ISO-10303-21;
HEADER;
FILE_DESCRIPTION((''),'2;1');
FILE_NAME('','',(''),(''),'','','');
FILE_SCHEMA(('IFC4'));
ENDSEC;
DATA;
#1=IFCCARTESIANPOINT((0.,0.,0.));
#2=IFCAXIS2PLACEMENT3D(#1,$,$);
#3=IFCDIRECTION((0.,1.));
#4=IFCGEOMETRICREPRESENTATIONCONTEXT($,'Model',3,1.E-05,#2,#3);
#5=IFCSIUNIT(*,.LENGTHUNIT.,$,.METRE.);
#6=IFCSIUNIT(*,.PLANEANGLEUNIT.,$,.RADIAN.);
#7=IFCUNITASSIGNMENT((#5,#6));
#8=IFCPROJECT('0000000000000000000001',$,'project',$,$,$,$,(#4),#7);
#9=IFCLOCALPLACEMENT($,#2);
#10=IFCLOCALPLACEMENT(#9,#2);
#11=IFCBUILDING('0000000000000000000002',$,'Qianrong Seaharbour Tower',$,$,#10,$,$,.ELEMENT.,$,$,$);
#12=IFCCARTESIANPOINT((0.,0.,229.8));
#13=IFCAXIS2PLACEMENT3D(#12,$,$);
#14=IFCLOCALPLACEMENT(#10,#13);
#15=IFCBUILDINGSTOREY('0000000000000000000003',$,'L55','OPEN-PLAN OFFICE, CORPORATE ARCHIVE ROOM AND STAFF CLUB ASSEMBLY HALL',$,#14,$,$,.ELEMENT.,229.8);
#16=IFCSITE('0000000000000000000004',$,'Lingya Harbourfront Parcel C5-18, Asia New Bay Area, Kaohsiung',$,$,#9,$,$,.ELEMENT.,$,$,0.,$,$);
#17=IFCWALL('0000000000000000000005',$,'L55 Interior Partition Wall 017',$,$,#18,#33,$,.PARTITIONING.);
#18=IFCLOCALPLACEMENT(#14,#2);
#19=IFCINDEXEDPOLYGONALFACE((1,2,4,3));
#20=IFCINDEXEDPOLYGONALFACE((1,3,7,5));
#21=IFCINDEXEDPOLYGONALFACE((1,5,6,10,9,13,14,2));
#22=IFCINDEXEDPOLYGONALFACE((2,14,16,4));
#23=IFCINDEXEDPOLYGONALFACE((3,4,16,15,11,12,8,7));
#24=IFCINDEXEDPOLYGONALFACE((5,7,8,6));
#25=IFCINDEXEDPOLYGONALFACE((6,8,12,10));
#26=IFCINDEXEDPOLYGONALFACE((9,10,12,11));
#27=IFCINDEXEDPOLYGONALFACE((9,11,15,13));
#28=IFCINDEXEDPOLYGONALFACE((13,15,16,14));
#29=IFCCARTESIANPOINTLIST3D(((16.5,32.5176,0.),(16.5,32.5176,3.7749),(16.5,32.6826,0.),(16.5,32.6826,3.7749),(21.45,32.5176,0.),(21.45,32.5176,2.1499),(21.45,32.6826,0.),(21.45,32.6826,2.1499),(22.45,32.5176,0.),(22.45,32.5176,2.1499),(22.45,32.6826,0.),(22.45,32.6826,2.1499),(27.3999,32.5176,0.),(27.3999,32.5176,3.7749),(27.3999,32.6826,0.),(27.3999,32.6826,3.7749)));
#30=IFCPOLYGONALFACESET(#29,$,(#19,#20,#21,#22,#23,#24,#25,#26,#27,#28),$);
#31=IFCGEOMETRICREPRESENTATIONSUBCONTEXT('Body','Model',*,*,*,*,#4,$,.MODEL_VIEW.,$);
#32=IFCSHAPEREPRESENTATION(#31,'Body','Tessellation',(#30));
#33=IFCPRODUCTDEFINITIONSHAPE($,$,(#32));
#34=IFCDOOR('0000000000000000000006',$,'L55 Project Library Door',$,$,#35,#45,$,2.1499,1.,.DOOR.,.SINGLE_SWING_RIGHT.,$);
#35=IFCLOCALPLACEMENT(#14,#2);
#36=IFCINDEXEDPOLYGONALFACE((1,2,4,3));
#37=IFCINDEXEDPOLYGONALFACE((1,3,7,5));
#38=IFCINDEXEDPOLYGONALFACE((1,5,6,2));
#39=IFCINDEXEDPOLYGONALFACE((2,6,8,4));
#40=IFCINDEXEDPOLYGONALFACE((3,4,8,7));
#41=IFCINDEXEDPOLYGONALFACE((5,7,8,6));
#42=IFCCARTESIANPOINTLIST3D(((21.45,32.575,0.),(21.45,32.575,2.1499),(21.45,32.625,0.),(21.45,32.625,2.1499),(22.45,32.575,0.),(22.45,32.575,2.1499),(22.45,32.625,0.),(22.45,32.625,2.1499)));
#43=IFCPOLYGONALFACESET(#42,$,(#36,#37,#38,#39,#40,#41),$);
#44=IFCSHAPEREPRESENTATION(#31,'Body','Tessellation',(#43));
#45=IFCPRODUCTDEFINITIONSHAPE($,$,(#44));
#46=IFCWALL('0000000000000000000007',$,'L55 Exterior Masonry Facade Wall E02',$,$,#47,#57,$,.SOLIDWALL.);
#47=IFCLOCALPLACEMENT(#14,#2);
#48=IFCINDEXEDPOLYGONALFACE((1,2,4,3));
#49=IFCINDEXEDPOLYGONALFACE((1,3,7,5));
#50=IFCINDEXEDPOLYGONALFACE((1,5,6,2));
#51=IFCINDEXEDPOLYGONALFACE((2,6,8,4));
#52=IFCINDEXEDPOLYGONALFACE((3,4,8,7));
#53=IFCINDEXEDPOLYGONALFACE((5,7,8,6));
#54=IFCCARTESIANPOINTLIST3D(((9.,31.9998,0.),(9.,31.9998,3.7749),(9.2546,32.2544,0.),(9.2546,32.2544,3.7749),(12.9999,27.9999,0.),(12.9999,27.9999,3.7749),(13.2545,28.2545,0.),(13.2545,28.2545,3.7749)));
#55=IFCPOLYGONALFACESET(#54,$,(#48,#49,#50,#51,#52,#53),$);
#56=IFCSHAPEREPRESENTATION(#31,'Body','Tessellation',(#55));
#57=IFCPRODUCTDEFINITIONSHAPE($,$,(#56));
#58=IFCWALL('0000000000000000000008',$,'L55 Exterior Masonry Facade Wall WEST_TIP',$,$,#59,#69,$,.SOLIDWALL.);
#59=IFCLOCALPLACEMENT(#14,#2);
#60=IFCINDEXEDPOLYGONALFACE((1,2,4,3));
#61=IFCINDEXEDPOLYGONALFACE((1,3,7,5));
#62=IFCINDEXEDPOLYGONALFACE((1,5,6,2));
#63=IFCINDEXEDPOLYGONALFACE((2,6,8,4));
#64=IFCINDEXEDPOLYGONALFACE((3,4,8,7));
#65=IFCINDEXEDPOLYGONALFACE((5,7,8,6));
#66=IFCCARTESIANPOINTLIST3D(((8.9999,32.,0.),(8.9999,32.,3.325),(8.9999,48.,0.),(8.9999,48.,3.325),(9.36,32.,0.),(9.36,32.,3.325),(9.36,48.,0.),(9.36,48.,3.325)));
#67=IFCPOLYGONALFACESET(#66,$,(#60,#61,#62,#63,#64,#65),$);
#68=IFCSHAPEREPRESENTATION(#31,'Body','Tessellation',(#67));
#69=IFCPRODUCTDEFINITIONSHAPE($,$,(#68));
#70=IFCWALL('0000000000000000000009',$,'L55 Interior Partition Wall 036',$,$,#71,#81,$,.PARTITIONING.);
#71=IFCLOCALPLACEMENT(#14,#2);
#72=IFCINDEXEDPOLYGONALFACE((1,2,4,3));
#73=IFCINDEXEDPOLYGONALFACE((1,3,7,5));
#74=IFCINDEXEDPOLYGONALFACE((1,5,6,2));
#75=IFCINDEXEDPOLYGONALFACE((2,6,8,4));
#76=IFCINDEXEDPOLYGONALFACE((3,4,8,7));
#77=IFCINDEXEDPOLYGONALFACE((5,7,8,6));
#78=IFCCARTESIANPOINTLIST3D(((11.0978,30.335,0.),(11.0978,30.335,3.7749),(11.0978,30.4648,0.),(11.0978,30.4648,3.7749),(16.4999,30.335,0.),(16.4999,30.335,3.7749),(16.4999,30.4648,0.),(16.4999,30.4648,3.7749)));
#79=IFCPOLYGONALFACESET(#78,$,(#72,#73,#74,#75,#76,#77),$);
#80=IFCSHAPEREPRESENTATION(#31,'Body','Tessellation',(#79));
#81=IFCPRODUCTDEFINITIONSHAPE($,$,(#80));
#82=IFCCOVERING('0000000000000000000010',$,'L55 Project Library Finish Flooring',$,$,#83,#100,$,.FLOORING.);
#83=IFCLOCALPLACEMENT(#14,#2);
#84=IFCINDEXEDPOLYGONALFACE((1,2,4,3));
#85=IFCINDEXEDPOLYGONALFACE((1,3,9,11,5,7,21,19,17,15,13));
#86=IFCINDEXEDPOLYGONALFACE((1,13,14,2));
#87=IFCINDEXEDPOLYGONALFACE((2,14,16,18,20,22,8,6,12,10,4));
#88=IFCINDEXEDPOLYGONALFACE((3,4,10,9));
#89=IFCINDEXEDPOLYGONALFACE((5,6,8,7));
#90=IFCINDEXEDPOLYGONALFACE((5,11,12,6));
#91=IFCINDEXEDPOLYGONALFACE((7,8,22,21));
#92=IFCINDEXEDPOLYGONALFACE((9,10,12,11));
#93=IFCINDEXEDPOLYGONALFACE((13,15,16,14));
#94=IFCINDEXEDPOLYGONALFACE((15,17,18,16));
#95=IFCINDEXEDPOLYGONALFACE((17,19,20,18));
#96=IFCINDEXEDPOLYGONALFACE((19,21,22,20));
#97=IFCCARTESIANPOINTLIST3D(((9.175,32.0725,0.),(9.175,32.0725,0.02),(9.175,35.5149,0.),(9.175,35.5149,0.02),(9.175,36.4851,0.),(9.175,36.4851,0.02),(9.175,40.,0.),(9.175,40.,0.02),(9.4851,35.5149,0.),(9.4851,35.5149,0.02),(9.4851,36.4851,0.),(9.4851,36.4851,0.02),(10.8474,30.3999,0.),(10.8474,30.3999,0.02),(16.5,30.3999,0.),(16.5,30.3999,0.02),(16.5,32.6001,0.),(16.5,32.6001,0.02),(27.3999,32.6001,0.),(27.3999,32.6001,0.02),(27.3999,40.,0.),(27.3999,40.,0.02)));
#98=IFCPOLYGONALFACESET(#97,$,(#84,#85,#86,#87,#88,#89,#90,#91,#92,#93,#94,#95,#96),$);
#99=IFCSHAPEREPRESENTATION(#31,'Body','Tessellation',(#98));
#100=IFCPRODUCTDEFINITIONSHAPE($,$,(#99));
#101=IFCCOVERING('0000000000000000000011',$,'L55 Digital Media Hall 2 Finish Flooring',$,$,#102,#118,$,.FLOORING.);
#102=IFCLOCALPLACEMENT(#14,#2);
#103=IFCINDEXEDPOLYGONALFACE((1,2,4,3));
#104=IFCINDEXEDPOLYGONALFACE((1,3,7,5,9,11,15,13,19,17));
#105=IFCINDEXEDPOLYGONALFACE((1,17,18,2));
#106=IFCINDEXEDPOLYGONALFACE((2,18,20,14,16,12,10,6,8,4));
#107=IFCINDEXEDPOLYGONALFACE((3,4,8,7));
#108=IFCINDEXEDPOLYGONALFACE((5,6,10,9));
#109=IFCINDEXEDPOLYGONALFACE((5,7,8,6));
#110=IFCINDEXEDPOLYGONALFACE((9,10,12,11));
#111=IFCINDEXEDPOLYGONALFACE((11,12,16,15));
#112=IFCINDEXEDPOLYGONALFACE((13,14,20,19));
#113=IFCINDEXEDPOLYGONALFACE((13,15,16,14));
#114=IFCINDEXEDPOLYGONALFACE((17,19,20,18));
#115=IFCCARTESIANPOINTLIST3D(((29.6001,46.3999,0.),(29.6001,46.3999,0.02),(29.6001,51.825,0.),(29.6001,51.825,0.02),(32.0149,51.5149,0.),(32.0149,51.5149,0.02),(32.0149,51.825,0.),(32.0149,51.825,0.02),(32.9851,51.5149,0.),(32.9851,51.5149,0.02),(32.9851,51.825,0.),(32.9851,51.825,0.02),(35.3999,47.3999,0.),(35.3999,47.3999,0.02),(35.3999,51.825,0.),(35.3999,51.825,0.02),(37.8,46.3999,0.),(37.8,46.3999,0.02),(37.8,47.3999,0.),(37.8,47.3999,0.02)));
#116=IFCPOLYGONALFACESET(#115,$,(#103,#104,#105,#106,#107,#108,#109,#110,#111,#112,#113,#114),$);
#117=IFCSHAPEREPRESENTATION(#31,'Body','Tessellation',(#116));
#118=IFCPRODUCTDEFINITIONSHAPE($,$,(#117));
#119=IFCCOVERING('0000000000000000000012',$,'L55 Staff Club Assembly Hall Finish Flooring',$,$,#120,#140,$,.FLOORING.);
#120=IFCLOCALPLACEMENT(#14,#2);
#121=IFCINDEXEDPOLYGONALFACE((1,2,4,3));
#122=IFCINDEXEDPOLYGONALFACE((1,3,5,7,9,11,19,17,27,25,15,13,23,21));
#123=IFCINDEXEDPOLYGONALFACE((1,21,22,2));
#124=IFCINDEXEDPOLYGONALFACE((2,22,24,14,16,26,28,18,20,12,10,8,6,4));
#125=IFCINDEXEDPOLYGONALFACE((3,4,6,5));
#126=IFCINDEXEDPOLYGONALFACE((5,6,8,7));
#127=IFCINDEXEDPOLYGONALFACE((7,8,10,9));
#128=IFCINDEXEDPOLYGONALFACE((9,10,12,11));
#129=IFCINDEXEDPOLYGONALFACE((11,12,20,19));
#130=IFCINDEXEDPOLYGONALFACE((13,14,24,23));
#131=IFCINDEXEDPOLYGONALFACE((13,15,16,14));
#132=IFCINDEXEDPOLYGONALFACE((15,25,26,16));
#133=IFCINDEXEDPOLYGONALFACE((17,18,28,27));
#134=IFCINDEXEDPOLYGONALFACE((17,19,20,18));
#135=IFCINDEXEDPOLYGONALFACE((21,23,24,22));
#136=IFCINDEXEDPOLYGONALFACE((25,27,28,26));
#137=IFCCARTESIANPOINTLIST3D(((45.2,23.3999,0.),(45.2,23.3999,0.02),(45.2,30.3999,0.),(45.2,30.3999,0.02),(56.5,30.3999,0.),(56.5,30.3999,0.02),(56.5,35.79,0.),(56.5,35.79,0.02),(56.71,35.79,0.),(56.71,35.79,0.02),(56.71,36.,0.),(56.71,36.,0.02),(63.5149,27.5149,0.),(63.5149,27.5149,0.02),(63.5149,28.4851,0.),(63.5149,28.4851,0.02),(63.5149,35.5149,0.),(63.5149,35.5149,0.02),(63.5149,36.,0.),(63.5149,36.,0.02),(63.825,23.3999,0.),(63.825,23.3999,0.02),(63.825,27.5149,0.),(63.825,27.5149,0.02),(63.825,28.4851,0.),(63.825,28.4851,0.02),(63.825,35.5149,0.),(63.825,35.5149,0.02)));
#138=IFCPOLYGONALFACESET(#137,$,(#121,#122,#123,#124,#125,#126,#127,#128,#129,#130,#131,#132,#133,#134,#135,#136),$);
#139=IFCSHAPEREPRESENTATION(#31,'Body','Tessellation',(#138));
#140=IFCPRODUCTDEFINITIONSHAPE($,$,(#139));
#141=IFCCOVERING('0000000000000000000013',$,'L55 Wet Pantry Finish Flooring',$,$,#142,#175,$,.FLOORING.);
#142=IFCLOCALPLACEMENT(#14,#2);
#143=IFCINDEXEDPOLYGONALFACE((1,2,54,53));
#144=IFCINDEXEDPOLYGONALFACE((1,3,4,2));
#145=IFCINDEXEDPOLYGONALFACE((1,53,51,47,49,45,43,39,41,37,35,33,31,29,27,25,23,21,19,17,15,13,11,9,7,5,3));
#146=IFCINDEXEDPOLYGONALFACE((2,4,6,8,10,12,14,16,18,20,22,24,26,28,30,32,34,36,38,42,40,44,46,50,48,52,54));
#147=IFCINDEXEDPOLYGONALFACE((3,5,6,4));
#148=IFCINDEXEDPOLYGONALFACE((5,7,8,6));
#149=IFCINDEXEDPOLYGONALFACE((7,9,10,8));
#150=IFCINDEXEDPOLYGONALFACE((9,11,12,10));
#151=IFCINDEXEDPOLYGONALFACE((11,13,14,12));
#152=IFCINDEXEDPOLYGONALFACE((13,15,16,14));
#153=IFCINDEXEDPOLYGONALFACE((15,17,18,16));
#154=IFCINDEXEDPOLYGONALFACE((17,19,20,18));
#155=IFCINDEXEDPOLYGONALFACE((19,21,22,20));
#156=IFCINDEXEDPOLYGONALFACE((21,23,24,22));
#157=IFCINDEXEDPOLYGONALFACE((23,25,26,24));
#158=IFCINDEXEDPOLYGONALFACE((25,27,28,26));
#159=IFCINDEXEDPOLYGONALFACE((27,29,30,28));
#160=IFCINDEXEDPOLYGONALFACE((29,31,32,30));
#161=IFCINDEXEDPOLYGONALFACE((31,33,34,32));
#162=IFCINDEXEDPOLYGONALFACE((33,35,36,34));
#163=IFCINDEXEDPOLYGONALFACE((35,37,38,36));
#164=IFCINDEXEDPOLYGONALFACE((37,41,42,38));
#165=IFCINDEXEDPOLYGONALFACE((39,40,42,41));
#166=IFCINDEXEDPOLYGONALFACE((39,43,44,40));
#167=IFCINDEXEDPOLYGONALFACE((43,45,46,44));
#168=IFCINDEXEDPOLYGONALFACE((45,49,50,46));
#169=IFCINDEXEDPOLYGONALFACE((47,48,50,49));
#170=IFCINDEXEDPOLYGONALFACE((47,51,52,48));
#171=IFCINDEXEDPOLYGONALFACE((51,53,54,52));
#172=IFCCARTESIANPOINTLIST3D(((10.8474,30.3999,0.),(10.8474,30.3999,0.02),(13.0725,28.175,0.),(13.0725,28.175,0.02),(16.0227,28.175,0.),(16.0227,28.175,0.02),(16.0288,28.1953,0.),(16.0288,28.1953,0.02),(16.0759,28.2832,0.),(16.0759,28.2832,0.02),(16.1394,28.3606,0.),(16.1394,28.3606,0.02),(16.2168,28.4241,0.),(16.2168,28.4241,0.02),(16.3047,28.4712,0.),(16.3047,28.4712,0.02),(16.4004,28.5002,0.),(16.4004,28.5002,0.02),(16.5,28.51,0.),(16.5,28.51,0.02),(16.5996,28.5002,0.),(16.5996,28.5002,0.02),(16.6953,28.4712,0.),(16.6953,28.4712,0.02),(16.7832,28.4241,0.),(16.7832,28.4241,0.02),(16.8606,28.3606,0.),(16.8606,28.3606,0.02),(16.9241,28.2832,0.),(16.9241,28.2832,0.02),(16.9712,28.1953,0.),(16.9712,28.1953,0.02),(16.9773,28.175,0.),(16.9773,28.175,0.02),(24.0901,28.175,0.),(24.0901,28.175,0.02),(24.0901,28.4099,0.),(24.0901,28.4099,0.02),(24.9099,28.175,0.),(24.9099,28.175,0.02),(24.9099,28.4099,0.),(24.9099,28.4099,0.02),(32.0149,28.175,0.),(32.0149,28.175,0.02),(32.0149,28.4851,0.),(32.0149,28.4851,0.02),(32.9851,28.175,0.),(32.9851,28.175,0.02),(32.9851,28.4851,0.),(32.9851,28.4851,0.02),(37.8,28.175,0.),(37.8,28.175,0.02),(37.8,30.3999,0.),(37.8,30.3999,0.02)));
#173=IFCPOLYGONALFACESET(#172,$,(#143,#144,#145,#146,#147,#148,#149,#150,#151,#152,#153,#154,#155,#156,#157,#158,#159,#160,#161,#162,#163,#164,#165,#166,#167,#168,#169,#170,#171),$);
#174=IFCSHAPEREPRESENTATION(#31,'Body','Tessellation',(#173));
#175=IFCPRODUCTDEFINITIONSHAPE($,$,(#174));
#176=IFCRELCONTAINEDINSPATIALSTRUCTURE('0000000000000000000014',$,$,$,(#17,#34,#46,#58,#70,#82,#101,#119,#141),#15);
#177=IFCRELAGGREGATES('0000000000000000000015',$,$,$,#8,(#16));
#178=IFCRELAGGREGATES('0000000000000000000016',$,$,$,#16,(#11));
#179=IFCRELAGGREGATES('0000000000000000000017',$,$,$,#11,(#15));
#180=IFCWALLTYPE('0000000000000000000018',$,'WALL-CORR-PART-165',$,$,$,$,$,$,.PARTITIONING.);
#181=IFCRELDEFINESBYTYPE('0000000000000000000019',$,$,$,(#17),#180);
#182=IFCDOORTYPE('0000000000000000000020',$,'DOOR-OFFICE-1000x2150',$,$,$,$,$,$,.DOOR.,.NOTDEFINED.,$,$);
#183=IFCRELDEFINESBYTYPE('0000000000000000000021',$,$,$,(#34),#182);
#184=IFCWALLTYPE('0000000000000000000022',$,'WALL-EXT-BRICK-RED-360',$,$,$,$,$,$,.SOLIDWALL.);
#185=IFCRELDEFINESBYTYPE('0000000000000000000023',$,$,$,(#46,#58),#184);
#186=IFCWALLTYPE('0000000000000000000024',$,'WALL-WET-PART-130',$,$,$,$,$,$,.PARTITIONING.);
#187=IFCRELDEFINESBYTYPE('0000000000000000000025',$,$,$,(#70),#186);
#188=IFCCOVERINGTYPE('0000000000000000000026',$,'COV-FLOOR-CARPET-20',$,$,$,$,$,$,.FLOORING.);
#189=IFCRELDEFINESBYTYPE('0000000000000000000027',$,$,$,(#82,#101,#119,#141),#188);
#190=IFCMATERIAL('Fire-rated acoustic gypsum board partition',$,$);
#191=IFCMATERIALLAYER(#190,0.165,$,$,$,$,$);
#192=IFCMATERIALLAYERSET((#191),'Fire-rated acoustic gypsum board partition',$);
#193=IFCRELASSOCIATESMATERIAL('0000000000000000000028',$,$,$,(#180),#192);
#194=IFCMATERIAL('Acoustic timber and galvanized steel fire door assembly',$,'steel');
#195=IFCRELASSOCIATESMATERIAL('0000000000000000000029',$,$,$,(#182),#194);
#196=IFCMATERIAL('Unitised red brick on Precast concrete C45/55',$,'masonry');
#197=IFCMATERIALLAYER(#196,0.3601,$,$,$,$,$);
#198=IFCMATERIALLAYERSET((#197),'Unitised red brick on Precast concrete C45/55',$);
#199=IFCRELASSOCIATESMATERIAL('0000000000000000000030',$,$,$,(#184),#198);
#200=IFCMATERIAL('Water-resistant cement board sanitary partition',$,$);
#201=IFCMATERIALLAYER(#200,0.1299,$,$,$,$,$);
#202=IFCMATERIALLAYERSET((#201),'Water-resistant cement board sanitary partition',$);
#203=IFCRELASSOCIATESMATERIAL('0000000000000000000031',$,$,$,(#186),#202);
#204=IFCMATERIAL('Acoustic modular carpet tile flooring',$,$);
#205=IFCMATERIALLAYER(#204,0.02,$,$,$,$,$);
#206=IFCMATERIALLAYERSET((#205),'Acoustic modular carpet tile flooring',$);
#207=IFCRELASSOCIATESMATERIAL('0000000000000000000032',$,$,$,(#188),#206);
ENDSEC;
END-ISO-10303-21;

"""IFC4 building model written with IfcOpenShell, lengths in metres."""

from ifc_helpers import new_model, si_unit, direction, frame, frame_2d, origin, place, context, subcontext, project, spatial, polyline, rectangle, outline, extrude, material, layer, layer_set, type_object, element, fill, save


model = new_model("IFC4")

# Units and contexts
model_context = context("Model", 3, precision=1e-05, world=origin(), true_north=direction((0.0, 1.0)))
body_context = subcontext(model_context, "Body", "Model", "MODEL_VIEW")
ifc_project = project(units=[si_unit("LENGTHUNIT", "METRE"), si_unit("PLANEANGLEUNIT", "RADIAN")], contexts=[model_context])

# Site, building, storey
site_placement = place(None, origin())
site = spatial("IfcSite", under=ifc_project, at=site_placement, Name="Lingya Harbourfront Parcel C5-18, Asia New Bay Area, Kaohsiung", CompositionType="ELEMENT", RefElevation=0.0)
building_placement = place(site_placement, origin())
building = spatial("IfcBuilding", under=site, at=building_placement, Name="Qianrong Seaharbour Tower", CompositionType="ELEMENT")
storey_placement = place(building_placement, frame((0.0, 0.0, 229.8)))
storey = spatial("IfcBuildingStorey", under=building, at=storey_placement, Name="L55", Description="OPEN-PLAN OFFICE, CORPORATE ARCHIVE ROOM AND STAFF CLUB ASSEMBLY HALL", CompositionType="ELEMENT", Elevation=229.8)

# Shared definitions
ifc_material_1 = material(Name="Fire-rated acoustic gypsum board partition")
ifc_layer_1 = layer(ifc_material_1, 0.165)
ifc_layer_set_1 = layer_set([ifc_layer_1], Name="Fire-rated acoustic gypsum board partition")
wall_type_1 = type_object("IfcWallType", Name="WALL-CORR-PART-165", PredefinedType="PARTITIONING", material=ifc_layer_set_1)

# Wall, opening, door
wall_1_placement = place(storey_placement, frame((16.5, 32.6001, 0.0), z_axis=(0.0, 0.0, 1.0), x_axis=(1.0, 0.0, 0.0)))
wall_1 = element("IfcWall", 1, at=wall_1_placement, inside=storey, type_object=wall_type_1, Name="L55 Interior Partition Wall 017", PredefinedType="PARTITIONING", context=body_context, shape_type="SweptSolid", body=[
    extrude(rectangle(XDim=10.8999, YDim=0.165, at=frame_2d((5.45, 0.0))), origin(), (0.0, 0.0, 1.0), 3.7749),
])
opening_placement = place(wall_1_placement, frame((4.95, 0.0, 0.0)))
opening = element("IfcOpeningElement", 2, at=opening_placement, cuts=wall_1, PredefinedType="OPENING", context=body_context, shape_type="SweptSolid", body=[
    extrude(rectangle(XDim=1.0, YDim=2.1499, at=frame_2d((0.5, 1.075))), frame((0.0, 0.0925, 0.0), z_axis=(0.0, -1.0, 0.0), x_axis=(1.0, 0.0, 0.0)), (0.0, 0.0, 1.0), 0.1851),
])
ifc_material_2 = material(Name="Acoustic timber and galvanized steel fire door assembly", Category="steel")
door_type = type_object("IfcDoorType", Name="DOOR-OFFICE-1000x2150", OperationType="NOTDEFINED", PredefinedType="DOOR", material=ifc_material_2)
door_placement = place(opening_placement, origin())
door = element("IfcDoor", 3, at=door_placement, inside=storey, type_object=door_type, Name="L55 Project Library Door", OperationType="SINGLE_SWING_RIGHT", OverallHeight=2.1499, OverallWidth=1.0, PredefinedType="DOOR", context=body_context, shape_type="SweptSolid", body=[
    extrude(rectangle(XDim=1.0, YDim=2.1499, at=frame_2d((0.5, 1.075))), frame((0.0, 0.0249, 0.0), z_axis=(0.0, -1.0, 0.0), x_axis=(1.0, 0.0, 0.0)), (0.0, 0.0, 1.0), 0.05),
])
fill(opening, door)

# Walls
ifc_material_3 = material(Name="Unitised red brick on Precast concrete C45/55", Category="masonry")
ifc_layer_2 = layer(ifc_material_3, 0.3601)
ifc_layer_set_2 = layer_set([ifc_layer_2], Name="Unitised red brick on Precast concrete C45/55")
wall_type_2 = type_object("IfcWallType", Name="WALL-EXT-BRICK-RED-360", PredefinedType="SOLIDWALL", material=ifc_layer_set_2)
wall_2_placement = place(storey_placement, frame((13.1272, 28.1272, 0.0), z_axis=(0.0, 0.0, 1.0), x_axis=(-0.707107, 0.707107, 0.0)))
element("IfcWall", 4, at=wall_2_placement, inside=storey, type_object=wall_type_2, Name="L55 Exterior Masonry Facade Wall E02", PredefinedType="SOLIDWALL", context=body_context, shape_type="SweptSolid", body=[
    extrude(rectangle(XDim=5.6567, YDim=0.3601, at=frame_2d((2.8284, 0.0))), origin(), (0.0, 0.0, 1.0), 3.7749),
])
wall_3_placement = place(storey_placement, frame((9.1799, 32.0, 0.0), z_axis=(0.0, 0.0, 1.0), x_axis=(0.0, 1.0, 0.0)))
element("IfcWall", 5, at=wall_3_placement, inside=storey, type_object=wall_type_2, Name="L55 Exterior Masonry Facade Wall WEST_TIP", PredefinedType="SOLIDWALL", context=body_context, shape_type="SweptSolid", body=[
    extrude(rectangle(XDim=16.0, YDim=0.3601, at=frame_2d((8.0, 0.0))), origin(), (0.0, 0.0, 1.0), 3.325),
])
ifc_material_4 = material(Name="Water-resistant cement board sanitary partition")
ifc_layer_3 = layer(ifc_material_4, 0.1299)
ifc_layer_set_3 = layer_set([ifc_layer_3], Name="Water-resistant cement board sanitary partition")
wall_type_3 = type_object("IfcWallType", Name="WALL-WET-PART-130", PredefinedType="PARTITIONING", material=ifc_layer_set_3)
wall_4_placement = place(storey_placement, frame((16.5, 30.3999, 0.0), z_axis=(0.0, 0.0, 1.0), x_axis=(-1.0, 0.0, 0.0)))
element("IfcWall", 6, at=wall_4_placement, inside=storey, type_object=wall_type_3, Name="L55 Interior Partition Wall 036", PredefinedType="PARTITIONING", context=body_context, shape_type="SweptSolid", body=[
    extrude(rectangle(XDim=5.4021, YDim=0.1299, at=frame_2d((2.7012, 0.0))), origin(), (0.0, 0.0, 1.0), 3.7749),
])

# Coverings
ifc_material_5 = material(Name="Acoustic modular carpet tile flooring")
ifc_layer_4 = layer(ifc_material_5, 0.02)
ifc_layer_set_4 = layer_set([ifc_layer_4], Name="Acoustic modular carpet tile flooring")
covering_type_1 = type_object("IfcCoveringType", Name="COV-FLOOR-CARPET-20", PredefinedType="FLOORING", material=ifc_layer_set_4)
covering_1_placement = place(storey_placement, origin())
element("IfcCovering", 7, at=covering_1_placement, inside=storey, type_object=covering_type_1, Name="L55 Project Library Finish Flooring", PredefinedType="FLOORING", context=body_context, shape_type="SweptSolid", body=[
    extrude(outline(polyline([(16.5, 32.6001), (16.5, 30.3999), (10.8474, 30.3999), (9.175, 32.0725), (9.175, 35.5149), (9.4851, 35.5149), (9.4851, 36.4851), (9.175, 36.4851), (9.175, 40.0), (27.3999, 40.0), (27.3999, 32.6001), (16.5, 32.6001)])), origin(), (0.0, 0.0, 1.0), 0.02),
])
covering_2_placement = place(storey_placement, origin())
element("IfcCovering", 8, at=covering_2_placement, inside=storey, type_object=covering_type_1, Name="L55 Digital Media Hall 2 Finish Flooring", PredefinedType="FLOORING", context=body_context, shape_type="SweptSolid", body=[
    extrude(outline(polyline([(32.0149, 51.825), (32.0149, 51.5149), (32.9851, 51.5149), (32.9851, 51.825), (35.3999, 51.825), (35.3999, 47.3999), (37.8, 47.3999), (37.8, 46.3999), (29.6001, 46.3999), (29.6001, 51.825), (32.0149, 51.825)])), origin(), (0.0, 0.0, 1.0), 0.02),
])
covering_3_placement = place(storey_placement, origin())
element("IfcCovering", 9, at=covering_3_placement, inside=storey, type_object=covering_type_1, Name="L55 Staff Club Assembly Hall Finish Flooring", PredefinedType="FLOORING", context=body_context, shape_type="SweptSolid", body=[
    extrude(outline(polyline([(56.5, 30.3999), (56.5, 35.79), (56.71, 35.79), (56.71, 36.0), (63.5149, 36.0), (63.5149, 35.5149), (63.825, 35.5149), (63.825, 28.4851), (63.5149, 28.4851), (63.5149, 27.5149), (63.825, 27.5149), (63.825, 23.3999), (45.2, 23.3999), (45.2, 30.3999), (56.5, 30.3999)])), origin(), (0.0, 0.0, 1.0), 0.02),
])
covering_4_placement = place(storey_placement, origin())
element("IfcCovering", 10, at=covering_4_placement, inside=storey, type_object=covering_type_1, Name="L55 Wet Pantry Finish Flooring", PredefinedType="FLOORING", context=body_context, shape_type="SweptSolid", body=[
    extrude(outline(polyline([(32.9851, 28.175), (32.9851, 28.4851), (32.0149, 28.4851), (32.0149, 28.175), (24.9099, 28.175), (24.9099, 28.4099), (24.0901, 28.4099), (24.0901, 28.175), (16.9773, 28.175), (16.9712, 28.1953), (16.9241, 28.2832), (16.8606, 28.3606), (16.7832, 28.4241), (16.6953, 28.4712), (16.5996, 28.5002), (16.5, 28.51), (16.4004, 28.5002), (16.3047, 28.4712), (16.2168, 28.4241), (16.1394, 28.3606), (16.0759, 28.2832), (16.0288, 28.1953), (16.0227, 28.175), (13.0725, 28.175), (10.8474, 30.3999), (37.8, 30.3999), (37.8, 28.175), (32.9851, 28.175)])), origin(), (0.0, 0.0, 1.0), 0.02),
])

save(model, "model.ifc")
